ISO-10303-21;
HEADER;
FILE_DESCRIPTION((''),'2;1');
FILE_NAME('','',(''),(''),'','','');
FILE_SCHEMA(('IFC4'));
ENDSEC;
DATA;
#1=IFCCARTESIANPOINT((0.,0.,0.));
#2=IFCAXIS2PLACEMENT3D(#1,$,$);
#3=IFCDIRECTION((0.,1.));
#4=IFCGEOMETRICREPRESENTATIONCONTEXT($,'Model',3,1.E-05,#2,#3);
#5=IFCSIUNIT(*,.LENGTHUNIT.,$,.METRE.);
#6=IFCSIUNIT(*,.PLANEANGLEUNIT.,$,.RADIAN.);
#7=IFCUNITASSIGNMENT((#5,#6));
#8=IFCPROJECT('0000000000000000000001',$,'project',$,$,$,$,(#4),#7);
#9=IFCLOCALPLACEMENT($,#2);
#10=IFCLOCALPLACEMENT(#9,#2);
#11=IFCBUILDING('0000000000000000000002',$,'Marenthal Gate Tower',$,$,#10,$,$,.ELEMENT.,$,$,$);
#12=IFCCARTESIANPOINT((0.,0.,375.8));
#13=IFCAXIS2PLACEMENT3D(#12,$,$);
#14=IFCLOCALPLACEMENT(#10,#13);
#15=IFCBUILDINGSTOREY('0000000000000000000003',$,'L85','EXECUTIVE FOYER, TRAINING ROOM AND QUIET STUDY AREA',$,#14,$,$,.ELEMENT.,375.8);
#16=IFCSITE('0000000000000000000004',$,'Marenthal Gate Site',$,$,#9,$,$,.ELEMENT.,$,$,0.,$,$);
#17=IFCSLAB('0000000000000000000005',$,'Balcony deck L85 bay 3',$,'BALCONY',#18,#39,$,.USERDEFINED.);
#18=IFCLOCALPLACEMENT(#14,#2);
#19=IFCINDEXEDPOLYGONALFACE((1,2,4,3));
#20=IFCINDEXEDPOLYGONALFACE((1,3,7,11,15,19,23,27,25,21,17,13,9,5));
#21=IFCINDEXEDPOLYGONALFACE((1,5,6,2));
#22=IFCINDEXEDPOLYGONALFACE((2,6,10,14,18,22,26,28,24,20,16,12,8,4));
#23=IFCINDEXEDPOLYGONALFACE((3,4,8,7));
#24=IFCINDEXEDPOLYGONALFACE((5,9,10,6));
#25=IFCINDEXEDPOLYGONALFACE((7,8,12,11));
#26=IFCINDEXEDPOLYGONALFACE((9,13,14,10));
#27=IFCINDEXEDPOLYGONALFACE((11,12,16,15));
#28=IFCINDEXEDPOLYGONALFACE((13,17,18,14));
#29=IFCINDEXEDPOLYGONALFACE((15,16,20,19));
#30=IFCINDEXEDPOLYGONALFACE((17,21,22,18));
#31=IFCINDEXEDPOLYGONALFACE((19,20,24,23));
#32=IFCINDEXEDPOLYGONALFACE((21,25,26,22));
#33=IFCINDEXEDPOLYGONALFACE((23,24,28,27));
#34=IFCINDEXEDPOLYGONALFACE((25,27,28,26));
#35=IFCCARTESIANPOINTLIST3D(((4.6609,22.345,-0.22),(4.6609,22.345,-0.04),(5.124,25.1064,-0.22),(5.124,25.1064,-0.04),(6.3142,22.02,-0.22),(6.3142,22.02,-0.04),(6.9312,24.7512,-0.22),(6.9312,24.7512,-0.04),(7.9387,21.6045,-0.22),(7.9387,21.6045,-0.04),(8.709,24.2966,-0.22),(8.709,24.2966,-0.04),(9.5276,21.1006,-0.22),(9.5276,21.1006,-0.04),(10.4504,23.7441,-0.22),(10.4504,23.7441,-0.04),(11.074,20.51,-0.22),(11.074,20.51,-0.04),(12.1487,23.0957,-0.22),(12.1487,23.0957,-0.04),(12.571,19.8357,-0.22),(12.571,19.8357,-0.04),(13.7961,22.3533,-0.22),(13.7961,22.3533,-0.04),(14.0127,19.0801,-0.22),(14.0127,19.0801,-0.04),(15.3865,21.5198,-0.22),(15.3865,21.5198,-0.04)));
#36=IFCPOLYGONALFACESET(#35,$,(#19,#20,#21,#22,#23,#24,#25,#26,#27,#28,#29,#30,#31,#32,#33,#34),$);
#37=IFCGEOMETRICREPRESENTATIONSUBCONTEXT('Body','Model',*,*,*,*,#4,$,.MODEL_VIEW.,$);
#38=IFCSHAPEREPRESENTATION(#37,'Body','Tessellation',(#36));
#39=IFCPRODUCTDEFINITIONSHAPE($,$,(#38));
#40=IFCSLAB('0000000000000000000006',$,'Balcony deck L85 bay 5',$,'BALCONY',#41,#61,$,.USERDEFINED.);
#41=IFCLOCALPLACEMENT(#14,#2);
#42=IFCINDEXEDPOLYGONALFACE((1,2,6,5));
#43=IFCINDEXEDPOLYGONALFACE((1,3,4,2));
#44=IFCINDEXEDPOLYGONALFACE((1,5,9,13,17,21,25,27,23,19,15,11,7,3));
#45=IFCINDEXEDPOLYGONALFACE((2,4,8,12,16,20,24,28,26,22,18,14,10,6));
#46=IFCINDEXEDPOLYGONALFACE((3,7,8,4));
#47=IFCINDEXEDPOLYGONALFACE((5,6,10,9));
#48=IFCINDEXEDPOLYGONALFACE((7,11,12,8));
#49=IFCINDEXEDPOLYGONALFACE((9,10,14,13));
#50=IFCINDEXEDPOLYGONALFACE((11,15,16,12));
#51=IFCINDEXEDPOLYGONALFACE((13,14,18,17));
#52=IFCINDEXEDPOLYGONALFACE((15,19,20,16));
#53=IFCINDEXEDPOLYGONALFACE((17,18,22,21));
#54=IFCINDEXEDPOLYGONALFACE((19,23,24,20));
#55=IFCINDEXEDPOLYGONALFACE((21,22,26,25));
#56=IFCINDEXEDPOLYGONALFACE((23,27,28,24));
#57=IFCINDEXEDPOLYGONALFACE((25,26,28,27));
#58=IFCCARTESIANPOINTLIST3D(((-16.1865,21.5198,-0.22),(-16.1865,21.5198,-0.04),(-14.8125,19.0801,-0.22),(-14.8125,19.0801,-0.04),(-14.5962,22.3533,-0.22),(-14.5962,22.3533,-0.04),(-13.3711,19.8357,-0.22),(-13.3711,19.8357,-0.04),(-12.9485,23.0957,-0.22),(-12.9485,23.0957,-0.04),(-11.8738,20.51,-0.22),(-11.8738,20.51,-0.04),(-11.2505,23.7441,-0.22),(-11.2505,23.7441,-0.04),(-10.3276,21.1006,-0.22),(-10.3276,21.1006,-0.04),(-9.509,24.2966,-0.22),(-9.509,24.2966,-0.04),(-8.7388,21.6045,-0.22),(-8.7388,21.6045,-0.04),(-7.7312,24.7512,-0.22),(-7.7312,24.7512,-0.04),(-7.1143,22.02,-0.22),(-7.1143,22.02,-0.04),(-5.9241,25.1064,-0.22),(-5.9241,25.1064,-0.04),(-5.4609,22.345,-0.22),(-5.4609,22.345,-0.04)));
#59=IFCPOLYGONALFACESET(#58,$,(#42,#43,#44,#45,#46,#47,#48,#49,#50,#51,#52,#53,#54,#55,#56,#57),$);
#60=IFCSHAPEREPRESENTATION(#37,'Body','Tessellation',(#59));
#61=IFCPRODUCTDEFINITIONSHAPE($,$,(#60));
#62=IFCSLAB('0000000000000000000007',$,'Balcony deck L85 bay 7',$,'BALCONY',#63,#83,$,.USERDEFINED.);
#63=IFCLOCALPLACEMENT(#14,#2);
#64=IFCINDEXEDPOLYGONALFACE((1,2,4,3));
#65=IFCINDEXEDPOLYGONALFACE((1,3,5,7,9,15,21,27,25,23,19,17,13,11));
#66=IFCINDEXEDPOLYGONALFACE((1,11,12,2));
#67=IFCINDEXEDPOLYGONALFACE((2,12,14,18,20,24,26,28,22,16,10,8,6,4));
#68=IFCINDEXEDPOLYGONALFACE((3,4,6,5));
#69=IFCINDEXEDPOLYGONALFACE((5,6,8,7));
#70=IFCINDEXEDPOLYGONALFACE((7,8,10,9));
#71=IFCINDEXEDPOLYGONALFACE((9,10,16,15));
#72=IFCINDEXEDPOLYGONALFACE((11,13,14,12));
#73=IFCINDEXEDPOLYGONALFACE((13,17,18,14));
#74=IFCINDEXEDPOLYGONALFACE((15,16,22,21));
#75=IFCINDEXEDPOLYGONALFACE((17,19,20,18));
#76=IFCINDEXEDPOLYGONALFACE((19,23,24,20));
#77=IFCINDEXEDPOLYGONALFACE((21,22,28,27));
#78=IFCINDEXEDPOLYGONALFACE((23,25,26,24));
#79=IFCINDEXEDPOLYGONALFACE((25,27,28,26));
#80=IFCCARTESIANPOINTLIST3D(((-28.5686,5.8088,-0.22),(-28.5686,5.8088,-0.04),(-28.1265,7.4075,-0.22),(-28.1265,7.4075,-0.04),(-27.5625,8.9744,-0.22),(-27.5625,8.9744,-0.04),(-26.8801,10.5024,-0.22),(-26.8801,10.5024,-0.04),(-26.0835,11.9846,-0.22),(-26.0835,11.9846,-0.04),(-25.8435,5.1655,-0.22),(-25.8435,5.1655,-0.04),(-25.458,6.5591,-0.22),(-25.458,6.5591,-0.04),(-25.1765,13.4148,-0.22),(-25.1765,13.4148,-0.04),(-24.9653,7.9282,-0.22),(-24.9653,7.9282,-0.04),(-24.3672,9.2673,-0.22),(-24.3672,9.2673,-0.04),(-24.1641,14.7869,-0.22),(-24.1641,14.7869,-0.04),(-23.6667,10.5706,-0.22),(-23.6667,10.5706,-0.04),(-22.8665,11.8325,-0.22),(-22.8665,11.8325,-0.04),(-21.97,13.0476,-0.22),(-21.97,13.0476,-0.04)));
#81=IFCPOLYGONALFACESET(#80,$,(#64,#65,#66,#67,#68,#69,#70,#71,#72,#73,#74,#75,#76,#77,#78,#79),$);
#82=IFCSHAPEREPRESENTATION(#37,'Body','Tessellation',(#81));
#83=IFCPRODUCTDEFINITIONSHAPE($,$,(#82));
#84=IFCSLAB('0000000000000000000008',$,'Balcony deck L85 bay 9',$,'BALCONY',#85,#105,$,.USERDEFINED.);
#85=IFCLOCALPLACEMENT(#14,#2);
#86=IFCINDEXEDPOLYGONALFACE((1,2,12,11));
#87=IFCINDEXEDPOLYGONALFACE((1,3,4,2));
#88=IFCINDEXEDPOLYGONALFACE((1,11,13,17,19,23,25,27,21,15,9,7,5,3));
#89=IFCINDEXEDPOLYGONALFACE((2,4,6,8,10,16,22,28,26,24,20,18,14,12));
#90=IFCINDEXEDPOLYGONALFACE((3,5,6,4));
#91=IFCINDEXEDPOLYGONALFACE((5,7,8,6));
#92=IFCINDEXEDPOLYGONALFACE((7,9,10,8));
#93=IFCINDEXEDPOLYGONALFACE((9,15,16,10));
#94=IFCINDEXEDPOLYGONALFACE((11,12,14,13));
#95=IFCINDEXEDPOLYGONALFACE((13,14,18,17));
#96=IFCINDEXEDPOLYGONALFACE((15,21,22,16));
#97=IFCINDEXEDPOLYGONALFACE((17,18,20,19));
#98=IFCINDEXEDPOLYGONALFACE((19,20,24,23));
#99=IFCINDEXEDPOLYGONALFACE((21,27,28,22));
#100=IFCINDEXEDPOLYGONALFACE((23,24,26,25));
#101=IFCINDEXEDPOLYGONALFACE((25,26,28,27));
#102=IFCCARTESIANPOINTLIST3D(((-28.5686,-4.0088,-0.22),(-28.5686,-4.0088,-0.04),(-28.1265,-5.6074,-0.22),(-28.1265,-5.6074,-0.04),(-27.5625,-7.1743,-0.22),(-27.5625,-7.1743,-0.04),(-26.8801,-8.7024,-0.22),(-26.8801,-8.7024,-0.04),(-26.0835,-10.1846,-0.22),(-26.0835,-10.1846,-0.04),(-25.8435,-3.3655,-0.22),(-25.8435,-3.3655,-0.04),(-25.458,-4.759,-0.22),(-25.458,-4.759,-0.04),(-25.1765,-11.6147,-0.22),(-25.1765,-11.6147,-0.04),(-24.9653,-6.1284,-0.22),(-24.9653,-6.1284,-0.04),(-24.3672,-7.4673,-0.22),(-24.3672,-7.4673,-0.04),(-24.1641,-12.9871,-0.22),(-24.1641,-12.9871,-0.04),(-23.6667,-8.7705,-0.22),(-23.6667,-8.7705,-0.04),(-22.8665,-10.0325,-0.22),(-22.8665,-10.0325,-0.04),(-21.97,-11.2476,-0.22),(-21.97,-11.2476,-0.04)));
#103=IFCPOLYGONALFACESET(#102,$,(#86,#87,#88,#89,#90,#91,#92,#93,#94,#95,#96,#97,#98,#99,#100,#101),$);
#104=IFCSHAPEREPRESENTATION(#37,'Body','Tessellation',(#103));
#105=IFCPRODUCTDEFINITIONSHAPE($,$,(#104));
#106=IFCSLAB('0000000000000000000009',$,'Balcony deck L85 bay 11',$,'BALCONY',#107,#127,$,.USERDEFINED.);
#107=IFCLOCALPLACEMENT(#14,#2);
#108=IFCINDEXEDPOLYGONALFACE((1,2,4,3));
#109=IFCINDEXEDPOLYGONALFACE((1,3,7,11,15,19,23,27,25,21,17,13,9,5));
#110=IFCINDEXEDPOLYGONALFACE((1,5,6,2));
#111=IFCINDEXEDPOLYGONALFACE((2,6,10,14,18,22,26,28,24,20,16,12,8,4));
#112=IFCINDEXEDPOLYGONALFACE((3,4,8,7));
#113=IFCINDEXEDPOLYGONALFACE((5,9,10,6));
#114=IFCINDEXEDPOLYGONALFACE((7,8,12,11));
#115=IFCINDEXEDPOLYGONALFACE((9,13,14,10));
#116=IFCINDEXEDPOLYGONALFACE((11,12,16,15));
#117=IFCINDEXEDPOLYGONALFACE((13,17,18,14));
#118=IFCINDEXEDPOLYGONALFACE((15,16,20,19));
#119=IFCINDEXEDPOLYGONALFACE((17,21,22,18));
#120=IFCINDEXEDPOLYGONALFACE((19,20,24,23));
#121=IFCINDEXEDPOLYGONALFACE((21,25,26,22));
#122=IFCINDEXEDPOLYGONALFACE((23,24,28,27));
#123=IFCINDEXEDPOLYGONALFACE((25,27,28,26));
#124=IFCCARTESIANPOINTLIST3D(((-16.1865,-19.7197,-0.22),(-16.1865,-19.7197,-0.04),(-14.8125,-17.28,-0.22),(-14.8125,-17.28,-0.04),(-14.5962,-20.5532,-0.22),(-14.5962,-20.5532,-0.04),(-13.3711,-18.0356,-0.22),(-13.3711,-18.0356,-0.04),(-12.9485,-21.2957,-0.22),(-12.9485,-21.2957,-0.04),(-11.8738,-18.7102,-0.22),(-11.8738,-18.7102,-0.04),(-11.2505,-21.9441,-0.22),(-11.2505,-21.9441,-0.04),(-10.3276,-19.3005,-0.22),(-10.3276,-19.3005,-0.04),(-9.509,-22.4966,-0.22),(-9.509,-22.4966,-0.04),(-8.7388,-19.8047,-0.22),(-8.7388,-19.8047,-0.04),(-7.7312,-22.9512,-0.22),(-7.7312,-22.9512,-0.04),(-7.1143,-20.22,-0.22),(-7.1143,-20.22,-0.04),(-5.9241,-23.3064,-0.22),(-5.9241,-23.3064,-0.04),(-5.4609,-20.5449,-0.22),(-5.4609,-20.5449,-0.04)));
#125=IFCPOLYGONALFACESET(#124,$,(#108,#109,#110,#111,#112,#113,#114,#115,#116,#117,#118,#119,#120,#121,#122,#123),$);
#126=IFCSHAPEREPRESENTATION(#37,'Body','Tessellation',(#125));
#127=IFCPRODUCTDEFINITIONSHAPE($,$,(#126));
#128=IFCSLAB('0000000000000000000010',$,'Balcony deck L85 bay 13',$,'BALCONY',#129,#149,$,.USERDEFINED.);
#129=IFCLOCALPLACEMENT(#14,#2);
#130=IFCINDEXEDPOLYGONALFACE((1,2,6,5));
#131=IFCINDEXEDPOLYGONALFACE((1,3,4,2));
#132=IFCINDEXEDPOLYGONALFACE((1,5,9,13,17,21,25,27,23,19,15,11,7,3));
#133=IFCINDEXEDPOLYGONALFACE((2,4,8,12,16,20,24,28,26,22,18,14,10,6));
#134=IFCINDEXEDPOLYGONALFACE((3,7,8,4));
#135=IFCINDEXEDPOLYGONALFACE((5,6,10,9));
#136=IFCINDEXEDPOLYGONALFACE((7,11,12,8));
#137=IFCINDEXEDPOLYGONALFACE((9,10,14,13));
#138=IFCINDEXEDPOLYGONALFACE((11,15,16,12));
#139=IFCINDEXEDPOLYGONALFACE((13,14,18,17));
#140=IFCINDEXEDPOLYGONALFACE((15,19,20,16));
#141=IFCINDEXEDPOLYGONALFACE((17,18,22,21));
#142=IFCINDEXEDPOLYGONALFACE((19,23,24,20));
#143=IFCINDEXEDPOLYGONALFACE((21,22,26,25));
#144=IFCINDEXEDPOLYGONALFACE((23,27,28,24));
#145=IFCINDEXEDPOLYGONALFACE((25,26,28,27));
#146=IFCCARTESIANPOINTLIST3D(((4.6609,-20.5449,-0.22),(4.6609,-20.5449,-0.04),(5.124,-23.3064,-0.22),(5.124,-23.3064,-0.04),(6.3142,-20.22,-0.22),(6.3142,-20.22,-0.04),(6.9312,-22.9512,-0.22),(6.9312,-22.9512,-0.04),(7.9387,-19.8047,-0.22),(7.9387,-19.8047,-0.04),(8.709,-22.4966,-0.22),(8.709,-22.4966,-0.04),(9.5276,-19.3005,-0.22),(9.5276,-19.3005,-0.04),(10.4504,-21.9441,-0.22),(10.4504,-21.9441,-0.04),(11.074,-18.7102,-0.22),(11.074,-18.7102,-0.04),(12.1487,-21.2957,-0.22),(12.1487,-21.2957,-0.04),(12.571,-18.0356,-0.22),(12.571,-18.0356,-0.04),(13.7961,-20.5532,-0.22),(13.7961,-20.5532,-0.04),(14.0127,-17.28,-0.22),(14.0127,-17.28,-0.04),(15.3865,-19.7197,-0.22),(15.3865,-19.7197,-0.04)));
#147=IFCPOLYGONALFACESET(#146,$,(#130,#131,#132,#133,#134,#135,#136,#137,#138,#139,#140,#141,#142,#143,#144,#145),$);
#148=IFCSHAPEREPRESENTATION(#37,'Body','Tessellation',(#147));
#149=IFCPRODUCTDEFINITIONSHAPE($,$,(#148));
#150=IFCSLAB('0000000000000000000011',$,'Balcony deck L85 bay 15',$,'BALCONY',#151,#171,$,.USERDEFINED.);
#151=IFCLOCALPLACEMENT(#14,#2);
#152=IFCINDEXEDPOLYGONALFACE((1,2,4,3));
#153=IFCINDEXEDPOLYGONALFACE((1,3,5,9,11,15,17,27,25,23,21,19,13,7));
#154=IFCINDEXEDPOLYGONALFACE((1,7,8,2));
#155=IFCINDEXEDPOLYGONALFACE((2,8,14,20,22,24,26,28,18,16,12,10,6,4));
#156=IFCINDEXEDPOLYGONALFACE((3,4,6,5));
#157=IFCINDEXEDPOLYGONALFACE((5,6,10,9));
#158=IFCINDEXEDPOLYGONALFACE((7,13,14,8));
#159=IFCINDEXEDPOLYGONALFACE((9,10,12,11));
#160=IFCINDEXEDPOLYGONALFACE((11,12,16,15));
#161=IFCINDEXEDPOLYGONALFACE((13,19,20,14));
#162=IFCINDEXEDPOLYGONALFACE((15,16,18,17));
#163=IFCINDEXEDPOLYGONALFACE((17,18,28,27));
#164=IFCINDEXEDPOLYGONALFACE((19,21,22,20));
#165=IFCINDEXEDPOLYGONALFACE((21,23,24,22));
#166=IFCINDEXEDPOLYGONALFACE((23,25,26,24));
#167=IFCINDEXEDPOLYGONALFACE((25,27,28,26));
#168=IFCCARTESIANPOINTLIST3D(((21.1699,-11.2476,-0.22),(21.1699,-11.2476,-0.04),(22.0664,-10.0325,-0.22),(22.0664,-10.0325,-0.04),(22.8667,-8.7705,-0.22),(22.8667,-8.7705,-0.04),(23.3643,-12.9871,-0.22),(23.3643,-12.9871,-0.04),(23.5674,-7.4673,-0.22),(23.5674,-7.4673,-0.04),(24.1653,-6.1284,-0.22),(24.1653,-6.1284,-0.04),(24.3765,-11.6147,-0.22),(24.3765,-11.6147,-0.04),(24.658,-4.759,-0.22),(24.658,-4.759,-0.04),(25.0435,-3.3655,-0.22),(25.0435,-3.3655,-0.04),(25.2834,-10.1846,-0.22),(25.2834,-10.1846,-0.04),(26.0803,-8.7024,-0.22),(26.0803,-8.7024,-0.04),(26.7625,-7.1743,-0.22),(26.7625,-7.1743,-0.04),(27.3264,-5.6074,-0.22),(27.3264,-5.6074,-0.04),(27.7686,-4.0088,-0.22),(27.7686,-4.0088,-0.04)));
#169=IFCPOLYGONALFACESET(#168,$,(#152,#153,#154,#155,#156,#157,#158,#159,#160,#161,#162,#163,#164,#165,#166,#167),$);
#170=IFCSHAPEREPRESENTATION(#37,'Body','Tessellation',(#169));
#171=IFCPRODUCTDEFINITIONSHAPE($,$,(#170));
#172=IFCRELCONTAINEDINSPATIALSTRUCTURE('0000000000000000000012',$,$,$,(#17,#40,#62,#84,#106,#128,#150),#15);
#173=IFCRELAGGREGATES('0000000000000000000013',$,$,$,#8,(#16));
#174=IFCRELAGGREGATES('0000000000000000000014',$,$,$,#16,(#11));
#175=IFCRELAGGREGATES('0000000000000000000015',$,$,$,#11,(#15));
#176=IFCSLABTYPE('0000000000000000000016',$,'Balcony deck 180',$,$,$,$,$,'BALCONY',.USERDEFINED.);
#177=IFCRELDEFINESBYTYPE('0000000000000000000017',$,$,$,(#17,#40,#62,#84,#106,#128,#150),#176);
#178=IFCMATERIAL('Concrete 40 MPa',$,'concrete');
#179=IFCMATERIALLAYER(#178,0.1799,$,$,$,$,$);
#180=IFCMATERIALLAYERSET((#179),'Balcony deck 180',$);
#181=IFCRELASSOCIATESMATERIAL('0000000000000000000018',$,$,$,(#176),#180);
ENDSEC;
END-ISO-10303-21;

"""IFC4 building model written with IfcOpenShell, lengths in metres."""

from ifc_helpers import new_model, si_unit, direction, frame, origin, place, context, subcontext, project, spatial, polyline, outline, extrude, material, layer, layer_set, type_object, element, save


model = new_model("IFC4")

# Units and contexts
model_context = context("Model", 3, precision=1e-05, world=origin(), true_north=direction((0.0, 1.0)))
body_context = subcontext(model_context, "Body", "Model", "MODEL_VIEW")
ifc_project = project(units=[si_unit("LENGTHUNIT", "METRE"), si_unit("PLANEANGLEUNIT", "RADIAN")], contexts=[model_context])

# Site, building, storey
site_placement = place(None, origin())
site = spatial("IfcSite", under=ifc_project, at=site_placement, Name="Marenthal Gate Site", CompositionType="ELEMENT", RefElevation=0.0)
building_placement = place(site_placement, origin())
building = spatial("IfcBuilding", under=site, at=building_placement, Name="Marenthal Gate Tower", CompositionType="ELEMENT")
storey_placement = place(building_placement, frame((0.0, 0.0, 375.8)))
storey = spatial("IfcBuildingStorey", under=building, at=storey_placement, Name="L85", Description="EXECUTIVE FOYER, TRAINING ROOM AND QUIET STUDY AREA", CompositionType="ELEMENT", Elevation=375.8)

# Slabs
ifc_material_1 = material(Name="Concrete 40 MPa", Category="concrete")
ifc_layer_1 = layer(ifc_material_1, 0.1799)
ifc_layer_set_1 = layer_set([ifc_layer_1], Name="Balcony deck 180")
slab_type_1 = type_object("IfcSlabType", Name="Balcony deck 180", ElementType="BALCONY", PredefinedType="USERDEFINED", material=ifc_layer_set_1)
slab_1_placement = place(storey_placement, frame((0.0, 0.0, -0.22)))
element("IfcSlab", 1, at=slab_1_placement, inside=storey, type_object=slab_type_1, Name="Balcony deck L85 bay 3", ObjectType="BALCONY", PredefinedType="USERDEFINED", context=body_context, shape_type="SweptSolid", body=[
    extrude(outline(polyline([(14.0127, 19.0801), (12.571, 19.8357), (11.074, 20.51), (9.5276, 21.1006), (7.9387, 21.6045), (6.3142, 22.02), (4.6609, 22.345), (5.124, 25.1064), (6.9312, 24.7512), (8.709, 24.2966), (10.4504, 23.7441), (12.1487, 23.0957), (13.7961, 22.3533), (15.3865, 21.5198), (14.0127, 19.0801)])), origin(), (0.0, 0.0, 1.0), 0.1799),
])
slab_2_placement = place(storey_placement, frame((0.0, 0.0, -0.22)))
element("IfcSlab", 2, at=slab_2_placement, inside=storey, type_object=slab_type_1, Name="Balcony deck L85 bay 5", ObjectType="BALCONY", PredefinedType="USERDEFINED", context=body_context, shape_type="SweptSolid", body=[
    extrude(outline(polyline([(-5.4609, 22.345), (-7.1143, 22.02), (-8.7388, 21.6045), (-10.3276, 21.1006), (-11.8738, 20.51), (-13.3711, 19.8357), (-14.8125, 19.0801), (-16.1865, 21.5198), (-14.5962, 22.3533), (-12.9485, 23.0957), (-11.2505, 23.7441), (-9.509, 24.2966), (-7.7312, 24.7512), (-5.9241, 25.1064), (-5.4609, 22.345)])), origin(), (0.0, 0.0, 1.0), 0.1799),
])
slab_3_placement = place(storey_placement, frame((0.0, 0.0, -0.22)))
element("IfcSlab", 3, at=slab_3_placement, inside=storey, type_object=slab_type_1, Name="Balcony deck L85 bay 7", ObjectType="BALCONY", PredefinedType="USERDEFINED", context=body_context, shape_type="SweptSolid", body=[
    extrude(outline(polyline([(-21.97, 13.0476), (-22.8665, 11.8325), (-23.6667, 10.5706), (-24.3672, 9.2673), (-24.9653, 7.9282), (-25.458, 6.5591), (-25.8435, 5.1655), (-28.5686, 5.8088), (-28.1265, 7.4075), (-27.5625, 8.9744), (-26.8801, 10.5024), (-26.0835, 11.9846), (-25.1765, 13.4148), (-24.1641, 14.7869), (-21.97, 13.0476)])), origin(), (0.0, 0.0, 1.0), 0.1799),
])
slab_4_placement = place(storey_placement, frame((0.0, 0.0, -0.22)))
element("IfcSlab", 4, at=slab_4_placement, inside=storey, type_object=slab_type_1, Name="Balcony deck L85 bay 9", ObjectType="BALCONY", PredefinedType="USERDEFINED", context=body_context, shape_type="SweptSolid", body=[
    extrude(outline(polyline([(-25.8435, -3.3655), (-25.458, -4.759), (-24.9653, -6.1284), (-24.3672, -7.4673), (-23.6667, -8.7705), (-22.8665, -10.0325), (-21.97, -11.2476), (-24.1641, -12.9871), (-25.1765, -11.6147), (-26.0835, -10.1846), (-26.8801, -8.7024), (-27.5625, -7.1743), (-28.1265, -5.6074), (-28.5686, -4.0088), (-25.8435, -3.3655)])), origin(), (0.0, 0.0, 1.0), 0.1799),
])
slab_5_placement = place(storey_placement, frame((0.0, 0.0, -0.22)))
element("IfcSlab", 5, at=slab_5_placement, inside=storey, type_object=slab_type_1, Name="Balcony deck L85 bay 11", ObjectType="BALCONY", PredefinedType="USERDEFINED", context=body_context, shape_type="SweptSolid", body=[
    extrude(outline(polyline([(-14.8125, -17.28), (-13.3711, -18.0356), (-11.8738, -18.7102), (-10.3276, -19.3005), (-8.7388, -19.8047), (-7.1143, -20.22), (-5.4609, -20.5449), (-5.9241, -23.3064), (-7.7312, -22.9512), (-9.509, -22.4966), (-11.2505, -21.9441), (-12.9485, -21.2957), (-14.5962, -20.5532), (-16.1865, -19.7197), (-14.8125, -17.28)])), origin(), (0.0, 0.0, 1.0), 0.1799),
])
slab_6_placement = place(storey_placement, frame((0.0, 0.0, -0.22)))
element("IfcSlab", 6, at=slab_6_placement, inside=storey, type_object=slab_type_1, Name="Balcony deck L85 bay 13", ObjectType="BALCONY", PredefinedType="USERDEFINED", context=body_context, shape_type="SweptSolid", body=[
    extrude(outline(polyline([(4.6609, -20.5449), (6.3142, -20.22), (7.9387, -19.8047), (9.5276, -19.3005), (11.074, -18.7102), (12.571, -18.0356), (14.0127, -17.28), (15.3865, -19.7197), (13.7961, -20.5532), (12.1487, -21.2957), (10.4504, -21.9441), (8.709, -22.4966), (6.9312, -22.9512), (5.124, -23.3064), (4.6609, -20.5449)])), origin(), (0.0, 0.0, 1.0), 0.1799),
])
slab_7_placement = place(storey_placement, frame((0.0, 0.0, -0.22)))
element("IfcSlab", 7, at=slab_7_placement, inside=storey, type_object=slab_type_1, Name="Balcony deck L85 bay 15", ObjectType="BALCONY", PredefinedType="USERDEFINED", context=body_context, shape_type="SweptSolid", body=[
    extrude(outline(polyline([(21.1699, -11.2476), (22.0664, -10.0325), (22.8667, -8.7705), (23.5674, -7.4673), (24.1653, -6.1284), (24.658, -4.759), (25.0435, -3.3655), (27.7686, -4.0088), (27.3264, -5.6074), (26.7625, -7.1743), (26.0803, -8.7024), (25.2834, -10.1846), (24.3765, -11.6147), (23.3643, -12.9871), (21.1699, -11.2476)])), origin(), (0.0, 0.0, 1.0), 0.1799),
])

save(model, "model.ifc")
